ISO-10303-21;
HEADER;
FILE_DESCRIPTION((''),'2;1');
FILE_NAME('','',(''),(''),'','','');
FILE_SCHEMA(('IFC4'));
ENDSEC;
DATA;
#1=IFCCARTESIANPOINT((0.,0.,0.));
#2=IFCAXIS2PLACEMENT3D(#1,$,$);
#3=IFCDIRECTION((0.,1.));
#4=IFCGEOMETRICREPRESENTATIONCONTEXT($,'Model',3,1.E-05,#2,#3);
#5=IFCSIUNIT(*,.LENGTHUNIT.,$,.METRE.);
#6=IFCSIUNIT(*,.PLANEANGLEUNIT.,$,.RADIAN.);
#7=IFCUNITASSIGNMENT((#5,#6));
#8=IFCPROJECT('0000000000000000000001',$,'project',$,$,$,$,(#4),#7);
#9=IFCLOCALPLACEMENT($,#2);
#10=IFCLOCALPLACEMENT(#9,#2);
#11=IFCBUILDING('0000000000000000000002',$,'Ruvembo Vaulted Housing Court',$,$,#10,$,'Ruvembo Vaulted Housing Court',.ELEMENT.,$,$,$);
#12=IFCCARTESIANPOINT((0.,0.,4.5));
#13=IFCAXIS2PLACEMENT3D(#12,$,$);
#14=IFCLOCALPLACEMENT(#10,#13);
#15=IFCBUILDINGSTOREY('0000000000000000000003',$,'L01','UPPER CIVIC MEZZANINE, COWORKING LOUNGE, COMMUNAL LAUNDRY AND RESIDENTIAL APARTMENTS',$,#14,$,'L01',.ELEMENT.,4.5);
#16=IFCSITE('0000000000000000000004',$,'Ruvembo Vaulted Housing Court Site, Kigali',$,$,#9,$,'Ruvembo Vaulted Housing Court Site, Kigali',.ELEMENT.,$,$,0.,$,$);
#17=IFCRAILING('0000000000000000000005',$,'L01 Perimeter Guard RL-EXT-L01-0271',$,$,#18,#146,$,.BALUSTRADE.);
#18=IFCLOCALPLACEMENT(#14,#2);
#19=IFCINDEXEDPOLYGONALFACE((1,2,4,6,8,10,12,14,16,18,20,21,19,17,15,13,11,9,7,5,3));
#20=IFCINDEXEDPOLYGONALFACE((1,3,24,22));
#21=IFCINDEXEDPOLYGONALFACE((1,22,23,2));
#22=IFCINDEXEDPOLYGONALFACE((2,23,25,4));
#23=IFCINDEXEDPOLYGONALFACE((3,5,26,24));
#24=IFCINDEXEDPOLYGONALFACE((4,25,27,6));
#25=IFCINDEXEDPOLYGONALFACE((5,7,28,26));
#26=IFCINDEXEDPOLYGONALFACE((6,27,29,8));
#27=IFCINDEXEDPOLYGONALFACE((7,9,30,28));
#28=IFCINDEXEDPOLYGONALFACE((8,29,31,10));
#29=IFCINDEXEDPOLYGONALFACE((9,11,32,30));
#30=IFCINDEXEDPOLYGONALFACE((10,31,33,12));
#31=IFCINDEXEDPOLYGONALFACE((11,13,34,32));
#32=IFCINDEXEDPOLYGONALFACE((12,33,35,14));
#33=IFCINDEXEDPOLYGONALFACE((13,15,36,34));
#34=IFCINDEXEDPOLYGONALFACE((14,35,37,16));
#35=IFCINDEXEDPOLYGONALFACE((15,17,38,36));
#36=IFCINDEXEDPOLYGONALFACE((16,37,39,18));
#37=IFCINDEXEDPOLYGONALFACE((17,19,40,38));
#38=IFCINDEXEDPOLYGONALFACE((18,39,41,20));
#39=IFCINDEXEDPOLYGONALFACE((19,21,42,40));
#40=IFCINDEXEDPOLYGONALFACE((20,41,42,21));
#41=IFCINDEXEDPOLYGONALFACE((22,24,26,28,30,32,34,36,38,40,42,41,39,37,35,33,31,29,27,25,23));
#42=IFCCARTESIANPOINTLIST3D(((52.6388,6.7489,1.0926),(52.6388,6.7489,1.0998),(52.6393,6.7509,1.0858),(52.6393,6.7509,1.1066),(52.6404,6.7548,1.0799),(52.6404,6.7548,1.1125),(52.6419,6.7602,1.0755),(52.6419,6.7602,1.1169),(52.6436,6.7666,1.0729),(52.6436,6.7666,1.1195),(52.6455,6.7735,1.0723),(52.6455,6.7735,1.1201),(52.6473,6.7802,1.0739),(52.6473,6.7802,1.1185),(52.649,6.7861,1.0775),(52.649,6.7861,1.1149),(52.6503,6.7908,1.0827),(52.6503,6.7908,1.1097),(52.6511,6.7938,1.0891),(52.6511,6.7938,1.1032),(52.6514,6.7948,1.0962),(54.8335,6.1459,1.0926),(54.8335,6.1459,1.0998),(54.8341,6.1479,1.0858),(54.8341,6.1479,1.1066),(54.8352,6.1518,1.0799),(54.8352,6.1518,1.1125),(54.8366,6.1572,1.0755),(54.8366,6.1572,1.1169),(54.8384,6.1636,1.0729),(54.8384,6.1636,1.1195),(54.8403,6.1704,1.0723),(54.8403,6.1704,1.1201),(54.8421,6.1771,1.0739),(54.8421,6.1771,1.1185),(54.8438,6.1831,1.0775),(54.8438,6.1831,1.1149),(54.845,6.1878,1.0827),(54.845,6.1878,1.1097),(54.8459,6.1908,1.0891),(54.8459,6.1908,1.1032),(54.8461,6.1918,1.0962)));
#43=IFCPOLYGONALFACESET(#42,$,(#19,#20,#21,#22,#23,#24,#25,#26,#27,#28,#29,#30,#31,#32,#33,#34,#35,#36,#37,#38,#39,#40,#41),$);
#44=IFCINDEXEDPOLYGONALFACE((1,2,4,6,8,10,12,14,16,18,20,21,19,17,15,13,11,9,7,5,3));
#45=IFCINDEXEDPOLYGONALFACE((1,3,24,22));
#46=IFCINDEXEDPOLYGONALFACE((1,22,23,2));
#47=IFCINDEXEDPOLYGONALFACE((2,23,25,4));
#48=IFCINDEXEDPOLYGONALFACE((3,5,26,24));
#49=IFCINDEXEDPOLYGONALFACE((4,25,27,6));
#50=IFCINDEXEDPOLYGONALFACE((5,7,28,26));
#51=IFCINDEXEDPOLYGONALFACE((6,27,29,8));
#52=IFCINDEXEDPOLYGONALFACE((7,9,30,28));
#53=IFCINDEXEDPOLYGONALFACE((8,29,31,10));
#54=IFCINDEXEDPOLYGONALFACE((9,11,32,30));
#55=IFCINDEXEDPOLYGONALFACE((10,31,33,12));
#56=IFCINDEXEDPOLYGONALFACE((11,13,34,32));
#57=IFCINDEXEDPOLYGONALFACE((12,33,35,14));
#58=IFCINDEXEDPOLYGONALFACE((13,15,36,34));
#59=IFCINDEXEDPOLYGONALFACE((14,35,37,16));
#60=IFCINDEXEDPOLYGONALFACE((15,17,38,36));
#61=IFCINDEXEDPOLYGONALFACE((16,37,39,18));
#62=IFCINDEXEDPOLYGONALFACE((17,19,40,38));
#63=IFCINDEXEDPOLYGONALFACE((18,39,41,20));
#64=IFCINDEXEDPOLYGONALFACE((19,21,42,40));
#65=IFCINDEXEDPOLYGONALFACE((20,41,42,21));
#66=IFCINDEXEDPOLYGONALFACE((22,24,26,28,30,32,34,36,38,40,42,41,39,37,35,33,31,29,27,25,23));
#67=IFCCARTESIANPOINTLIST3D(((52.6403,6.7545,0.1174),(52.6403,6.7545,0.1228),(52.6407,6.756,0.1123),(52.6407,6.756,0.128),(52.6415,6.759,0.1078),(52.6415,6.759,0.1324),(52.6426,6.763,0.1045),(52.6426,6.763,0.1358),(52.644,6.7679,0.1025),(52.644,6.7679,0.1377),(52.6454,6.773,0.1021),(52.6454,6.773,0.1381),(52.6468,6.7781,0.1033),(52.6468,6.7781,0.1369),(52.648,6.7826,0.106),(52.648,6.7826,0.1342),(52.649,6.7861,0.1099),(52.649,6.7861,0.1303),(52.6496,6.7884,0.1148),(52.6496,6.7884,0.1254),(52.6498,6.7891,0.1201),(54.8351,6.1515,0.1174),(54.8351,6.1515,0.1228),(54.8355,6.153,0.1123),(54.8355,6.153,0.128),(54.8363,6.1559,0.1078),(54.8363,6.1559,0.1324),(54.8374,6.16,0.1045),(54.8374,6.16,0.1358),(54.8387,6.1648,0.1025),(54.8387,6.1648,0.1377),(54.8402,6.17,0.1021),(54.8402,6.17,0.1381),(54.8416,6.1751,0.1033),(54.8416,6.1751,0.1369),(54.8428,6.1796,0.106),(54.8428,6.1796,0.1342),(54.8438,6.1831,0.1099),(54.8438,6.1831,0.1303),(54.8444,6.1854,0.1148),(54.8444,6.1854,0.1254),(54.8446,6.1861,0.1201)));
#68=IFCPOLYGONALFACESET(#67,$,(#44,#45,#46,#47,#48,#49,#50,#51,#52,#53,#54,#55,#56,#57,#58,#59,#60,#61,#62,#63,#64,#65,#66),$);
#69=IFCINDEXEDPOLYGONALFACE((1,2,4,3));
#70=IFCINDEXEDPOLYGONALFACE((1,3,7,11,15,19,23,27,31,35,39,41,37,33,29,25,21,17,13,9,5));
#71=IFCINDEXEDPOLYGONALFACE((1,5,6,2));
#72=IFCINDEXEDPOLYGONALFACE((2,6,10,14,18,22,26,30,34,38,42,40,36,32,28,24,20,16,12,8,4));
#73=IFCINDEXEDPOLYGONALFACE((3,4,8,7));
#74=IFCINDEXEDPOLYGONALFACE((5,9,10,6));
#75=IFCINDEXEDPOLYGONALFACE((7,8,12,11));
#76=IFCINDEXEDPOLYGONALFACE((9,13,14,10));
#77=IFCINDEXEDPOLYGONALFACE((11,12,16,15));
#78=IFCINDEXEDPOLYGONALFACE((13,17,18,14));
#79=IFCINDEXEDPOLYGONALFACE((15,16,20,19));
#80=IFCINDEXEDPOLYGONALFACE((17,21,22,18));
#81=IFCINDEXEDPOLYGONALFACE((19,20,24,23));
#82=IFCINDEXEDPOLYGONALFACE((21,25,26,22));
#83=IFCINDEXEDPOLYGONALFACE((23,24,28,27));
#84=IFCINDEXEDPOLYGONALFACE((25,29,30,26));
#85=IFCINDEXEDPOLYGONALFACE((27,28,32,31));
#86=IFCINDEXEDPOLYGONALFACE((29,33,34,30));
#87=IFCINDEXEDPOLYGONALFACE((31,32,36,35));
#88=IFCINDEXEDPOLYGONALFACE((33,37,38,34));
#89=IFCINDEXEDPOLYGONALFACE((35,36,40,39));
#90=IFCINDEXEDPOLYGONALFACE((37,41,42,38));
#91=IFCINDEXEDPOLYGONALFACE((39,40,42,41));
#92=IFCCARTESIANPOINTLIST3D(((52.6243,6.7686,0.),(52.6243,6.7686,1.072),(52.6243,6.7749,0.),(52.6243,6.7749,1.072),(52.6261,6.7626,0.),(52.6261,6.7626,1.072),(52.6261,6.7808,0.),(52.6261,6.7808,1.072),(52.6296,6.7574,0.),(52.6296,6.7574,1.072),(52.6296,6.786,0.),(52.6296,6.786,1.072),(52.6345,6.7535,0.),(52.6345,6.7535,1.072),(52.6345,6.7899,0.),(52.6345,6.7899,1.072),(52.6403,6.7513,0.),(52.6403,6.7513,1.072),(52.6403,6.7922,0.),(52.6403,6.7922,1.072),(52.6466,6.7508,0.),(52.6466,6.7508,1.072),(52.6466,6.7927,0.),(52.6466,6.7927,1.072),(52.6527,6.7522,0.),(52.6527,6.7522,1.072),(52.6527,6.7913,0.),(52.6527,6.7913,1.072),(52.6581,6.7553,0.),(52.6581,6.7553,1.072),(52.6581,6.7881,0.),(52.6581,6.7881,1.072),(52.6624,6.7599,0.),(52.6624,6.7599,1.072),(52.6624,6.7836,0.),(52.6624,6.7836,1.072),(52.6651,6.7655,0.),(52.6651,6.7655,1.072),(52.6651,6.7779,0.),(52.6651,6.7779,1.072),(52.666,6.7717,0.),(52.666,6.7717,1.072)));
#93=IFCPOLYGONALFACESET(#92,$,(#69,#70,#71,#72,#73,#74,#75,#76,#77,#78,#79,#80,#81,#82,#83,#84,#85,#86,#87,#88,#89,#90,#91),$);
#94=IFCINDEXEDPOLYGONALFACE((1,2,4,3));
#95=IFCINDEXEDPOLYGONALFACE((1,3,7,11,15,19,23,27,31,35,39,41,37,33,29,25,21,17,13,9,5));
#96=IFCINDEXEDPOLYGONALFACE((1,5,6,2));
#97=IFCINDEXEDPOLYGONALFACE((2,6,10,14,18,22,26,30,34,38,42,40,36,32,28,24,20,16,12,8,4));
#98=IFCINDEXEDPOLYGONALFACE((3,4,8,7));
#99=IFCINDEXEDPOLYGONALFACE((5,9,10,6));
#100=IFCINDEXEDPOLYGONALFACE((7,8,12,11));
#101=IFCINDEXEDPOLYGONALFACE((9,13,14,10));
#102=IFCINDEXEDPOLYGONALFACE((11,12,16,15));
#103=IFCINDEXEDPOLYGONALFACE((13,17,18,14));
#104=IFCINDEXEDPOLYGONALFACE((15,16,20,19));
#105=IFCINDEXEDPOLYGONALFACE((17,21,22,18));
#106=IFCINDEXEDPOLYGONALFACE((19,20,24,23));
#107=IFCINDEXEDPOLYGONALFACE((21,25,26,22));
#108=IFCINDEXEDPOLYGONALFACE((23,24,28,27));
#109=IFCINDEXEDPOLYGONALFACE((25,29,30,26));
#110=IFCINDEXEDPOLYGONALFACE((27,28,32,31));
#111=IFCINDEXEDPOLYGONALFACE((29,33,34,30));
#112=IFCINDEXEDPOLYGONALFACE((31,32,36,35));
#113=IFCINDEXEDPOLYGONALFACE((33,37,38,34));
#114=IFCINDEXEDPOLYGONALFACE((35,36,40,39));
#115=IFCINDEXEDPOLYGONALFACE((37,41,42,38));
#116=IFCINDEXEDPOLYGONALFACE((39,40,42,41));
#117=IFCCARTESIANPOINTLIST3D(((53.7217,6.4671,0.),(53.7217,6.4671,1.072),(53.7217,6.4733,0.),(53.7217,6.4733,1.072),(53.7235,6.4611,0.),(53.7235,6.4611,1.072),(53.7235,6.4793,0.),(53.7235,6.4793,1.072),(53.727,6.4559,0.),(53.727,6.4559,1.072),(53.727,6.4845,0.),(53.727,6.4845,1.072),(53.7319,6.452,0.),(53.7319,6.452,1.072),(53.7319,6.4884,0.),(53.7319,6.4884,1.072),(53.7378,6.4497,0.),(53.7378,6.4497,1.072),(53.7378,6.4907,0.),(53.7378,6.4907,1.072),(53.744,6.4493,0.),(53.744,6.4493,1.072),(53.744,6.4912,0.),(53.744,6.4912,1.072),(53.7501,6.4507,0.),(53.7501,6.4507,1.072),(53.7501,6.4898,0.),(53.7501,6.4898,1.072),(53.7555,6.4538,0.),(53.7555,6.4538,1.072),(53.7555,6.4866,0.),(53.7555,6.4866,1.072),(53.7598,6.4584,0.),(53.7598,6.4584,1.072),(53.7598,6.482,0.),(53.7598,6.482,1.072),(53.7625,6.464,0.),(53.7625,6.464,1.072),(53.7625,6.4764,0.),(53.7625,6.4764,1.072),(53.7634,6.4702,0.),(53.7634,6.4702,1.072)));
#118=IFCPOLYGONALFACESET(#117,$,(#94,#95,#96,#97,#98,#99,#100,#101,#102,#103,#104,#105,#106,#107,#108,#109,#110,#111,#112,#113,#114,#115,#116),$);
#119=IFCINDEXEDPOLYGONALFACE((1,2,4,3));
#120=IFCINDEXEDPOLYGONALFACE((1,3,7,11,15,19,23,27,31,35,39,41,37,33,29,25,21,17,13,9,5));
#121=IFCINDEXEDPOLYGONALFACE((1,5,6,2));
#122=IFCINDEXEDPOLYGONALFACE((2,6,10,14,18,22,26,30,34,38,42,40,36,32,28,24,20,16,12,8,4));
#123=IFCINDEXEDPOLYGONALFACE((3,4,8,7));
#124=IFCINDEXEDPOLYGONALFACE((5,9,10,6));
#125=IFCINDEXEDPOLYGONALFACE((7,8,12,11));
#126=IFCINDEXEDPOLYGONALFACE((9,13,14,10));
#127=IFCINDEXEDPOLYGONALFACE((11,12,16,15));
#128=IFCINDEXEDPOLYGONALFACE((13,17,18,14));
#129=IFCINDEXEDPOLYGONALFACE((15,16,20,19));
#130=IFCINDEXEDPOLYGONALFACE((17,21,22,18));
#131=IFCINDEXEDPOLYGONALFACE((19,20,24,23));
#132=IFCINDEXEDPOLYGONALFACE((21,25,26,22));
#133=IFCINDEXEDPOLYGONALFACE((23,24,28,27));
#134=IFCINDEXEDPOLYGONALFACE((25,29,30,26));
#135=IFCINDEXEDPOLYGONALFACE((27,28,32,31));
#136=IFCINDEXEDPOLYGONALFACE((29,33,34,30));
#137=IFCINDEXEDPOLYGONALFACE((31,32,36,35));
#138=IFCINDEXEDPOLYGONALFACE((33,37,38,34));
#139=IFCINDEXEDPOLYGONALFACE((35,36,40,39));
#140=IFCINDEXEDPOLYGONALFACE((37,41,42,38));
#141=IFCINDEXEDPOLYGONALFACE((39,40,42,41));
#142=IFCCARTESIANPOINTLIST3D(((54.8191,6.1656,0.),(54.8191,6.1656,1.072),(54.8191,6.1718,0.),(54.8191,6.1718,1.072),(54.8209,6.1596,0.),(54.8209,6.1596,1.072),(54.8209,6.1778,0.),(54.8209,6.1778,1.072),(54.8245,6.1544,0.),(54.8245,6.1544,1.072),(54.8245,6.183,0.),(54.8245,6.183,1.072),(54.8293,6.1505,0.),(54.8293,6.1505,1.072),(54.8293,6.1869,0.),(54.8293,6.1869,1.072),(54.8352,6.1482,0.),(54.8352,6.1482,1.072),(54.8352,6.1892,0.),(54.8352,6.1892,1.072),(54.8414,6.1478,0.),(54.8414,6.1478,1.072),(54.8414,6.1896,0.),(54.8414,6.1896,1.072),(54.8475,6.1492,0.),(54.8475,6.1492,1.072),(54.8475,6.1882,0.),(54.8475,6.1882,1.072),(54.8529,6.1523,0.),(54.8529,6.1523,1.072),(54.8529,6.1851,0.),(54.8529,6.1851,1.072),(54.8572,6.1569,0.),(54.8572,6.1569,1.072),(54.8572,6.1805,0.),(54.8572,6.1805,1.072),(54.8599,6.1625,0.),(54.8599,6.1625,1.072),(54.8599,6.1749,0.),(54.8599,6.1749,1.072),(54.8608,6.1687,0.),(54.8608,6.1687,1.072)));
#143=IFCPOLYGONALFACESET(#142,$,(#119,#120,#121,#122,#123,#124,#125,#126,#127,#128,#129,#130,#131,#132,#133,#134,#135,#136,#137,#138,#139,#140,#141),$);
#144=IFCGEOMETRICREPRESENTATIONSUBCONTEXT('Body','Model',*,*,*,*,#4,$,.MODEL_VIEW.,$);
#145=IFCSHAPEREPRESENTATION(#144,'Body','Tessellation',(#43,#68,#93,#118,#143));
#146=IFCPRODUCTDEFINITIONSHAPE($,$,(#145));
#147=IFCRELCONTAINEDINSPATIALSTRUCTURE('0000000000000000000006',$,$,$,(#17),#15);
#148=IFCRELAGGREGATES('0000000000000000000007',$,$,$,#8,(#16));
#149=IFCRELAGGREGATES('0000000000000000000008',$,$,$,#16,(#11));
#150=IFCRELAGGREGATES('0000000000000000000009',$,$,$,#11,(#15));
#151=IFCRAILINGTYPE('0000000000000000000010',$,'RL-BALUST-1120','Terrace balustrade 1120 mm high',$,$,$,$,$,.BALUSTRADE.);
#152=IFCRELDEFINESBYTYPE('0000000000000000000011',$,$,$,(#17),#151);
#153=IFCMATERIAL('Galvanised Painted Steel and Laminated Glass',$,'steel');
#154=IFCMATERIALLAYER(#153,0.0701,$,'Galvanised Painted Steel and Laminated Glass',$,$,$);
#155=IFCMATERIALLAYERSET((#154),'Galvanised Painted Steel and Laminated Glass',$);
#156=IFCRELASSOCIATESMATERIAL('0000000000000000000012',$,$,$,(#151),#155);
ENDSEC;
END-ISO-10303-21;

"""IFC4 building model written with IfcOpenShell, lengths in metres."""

from ifc_helpers import new_model, si_unit, direction, frame, origin, origin_2d, place, context, subcontext, project, spatial, circle, extrude, material, layer, layer_set, type_object, element, save


model = new_model("IFC4")

# Units and contexts
model_context = context("Model", 3, precision=1e-05, world=origin(), true_north=direction((0.0, 1.0)))
body_context = subcontext(model_context, "Body", "Model", "MODEL_VIEW")
ifc_project = project(units=[si_unit("LENGTHUNIT", "METRE"), si_unit("PLANEANGLEUNIT", "RADIAN")], contexts=[model_context])

# Site, building, storey
site_placement = place(None, origin())
site = spatial("IfcSite", under=ifc_project, at=site_placement, Name="Ruvembo Vaulted Housing Court Site, Kigali", LongName="Ruvembo Vaulted Housing Court Site, Kigali", CompositionType="ELEMENT", RefElevation=0.0)
building_placement = place(site_placement, origin())
building = spatial("IfcBuilding", under=site, at=building_placement, Name="Ruvembo Vaulted Housing Court", LongName="Ruvembo Vaulted Housing Court", CompositionType="ELEMENT")
storey_placement = place(building_placement, frame((0.0, 0.0, 4.5)))
storey = spatial("IfcBuildingStorey", under=building, at=storey_placement, Name="L01", Description="UPPER CIVIC MEZZANINE, COWORKING LOUNGE, COMMUNAL LAUNDRY AND RESIDENTIAL APARTMENTS", LongName="L01", CompositionType="ELEMENT", Elevation=4.5)

# Railing
ifc_material_1 = material(Name="Galvanised Painted Steel and Laminated Glass", Category="steel")
ifc_layer_1 = layer(ifc_material_1, 0.0701, Name="Galvanised Painted Steel and Laminated Glass")
ifc_layer_set_1 = layer_set([ifc_layer_1], Name="Galvanised Painted Steel and Laminated Glass")
railing_type = type_object("IfcRailingType", Name="RL-BALUST-1120", Description="Terrace balustrade 1120 mm high", PredefinedType="BALUSTRADE", material=ifc_layer_set_1)
railing_1_placement = place(storey_placement, frame((52.645, 6.7717, 0.0)))
element("IfcRailing", 1, at=railing_1_placement, inside=storey, type_object=railing_type, Name="L01 Perimeter Guard RL-EXT-L01-0271", PredefinedType="BALUSTRADE", context=body_context, shape_type="SweptSolid", body=[
    extrude(circle(Radius=0.0239, at=origin_2d()), frame((0.0, 0.0, 1.0962), z_axis=(0.964267, -0.264932, 0.0), x_axis=(0.264932, 0.964267, 0.0)), (0.0, 0.0, 1.0), 2.2761),
    extrude(circle(Radius=0.0181, at=origin_2d()), frame((0.0, 0.0, 0.1201), z_axis=(0.964267, -0.264932, 0.0), x_axis=(0.264932, 0.964267, 0.0)), (0.0, 0.0, 1.0), 2.2761),
    extrude(circle(Radius=0.021, at=origin_2d()), origin(), (0.0, 0.0, 1.0), 1.072),
    extrude(circle(Radius=0.021, at=origin_2d()), frame((1.0974, -0.3015, 0.0)), (0.0, 0.0, 1.0), 1.072),
    extrude(circle(Radius=0.021, at=origin_2d()), frame((2.1948, -0.603, 0.0)), (0.0, 0.0, 1.0), 1.072),
])

save(model, "model.ifc")
